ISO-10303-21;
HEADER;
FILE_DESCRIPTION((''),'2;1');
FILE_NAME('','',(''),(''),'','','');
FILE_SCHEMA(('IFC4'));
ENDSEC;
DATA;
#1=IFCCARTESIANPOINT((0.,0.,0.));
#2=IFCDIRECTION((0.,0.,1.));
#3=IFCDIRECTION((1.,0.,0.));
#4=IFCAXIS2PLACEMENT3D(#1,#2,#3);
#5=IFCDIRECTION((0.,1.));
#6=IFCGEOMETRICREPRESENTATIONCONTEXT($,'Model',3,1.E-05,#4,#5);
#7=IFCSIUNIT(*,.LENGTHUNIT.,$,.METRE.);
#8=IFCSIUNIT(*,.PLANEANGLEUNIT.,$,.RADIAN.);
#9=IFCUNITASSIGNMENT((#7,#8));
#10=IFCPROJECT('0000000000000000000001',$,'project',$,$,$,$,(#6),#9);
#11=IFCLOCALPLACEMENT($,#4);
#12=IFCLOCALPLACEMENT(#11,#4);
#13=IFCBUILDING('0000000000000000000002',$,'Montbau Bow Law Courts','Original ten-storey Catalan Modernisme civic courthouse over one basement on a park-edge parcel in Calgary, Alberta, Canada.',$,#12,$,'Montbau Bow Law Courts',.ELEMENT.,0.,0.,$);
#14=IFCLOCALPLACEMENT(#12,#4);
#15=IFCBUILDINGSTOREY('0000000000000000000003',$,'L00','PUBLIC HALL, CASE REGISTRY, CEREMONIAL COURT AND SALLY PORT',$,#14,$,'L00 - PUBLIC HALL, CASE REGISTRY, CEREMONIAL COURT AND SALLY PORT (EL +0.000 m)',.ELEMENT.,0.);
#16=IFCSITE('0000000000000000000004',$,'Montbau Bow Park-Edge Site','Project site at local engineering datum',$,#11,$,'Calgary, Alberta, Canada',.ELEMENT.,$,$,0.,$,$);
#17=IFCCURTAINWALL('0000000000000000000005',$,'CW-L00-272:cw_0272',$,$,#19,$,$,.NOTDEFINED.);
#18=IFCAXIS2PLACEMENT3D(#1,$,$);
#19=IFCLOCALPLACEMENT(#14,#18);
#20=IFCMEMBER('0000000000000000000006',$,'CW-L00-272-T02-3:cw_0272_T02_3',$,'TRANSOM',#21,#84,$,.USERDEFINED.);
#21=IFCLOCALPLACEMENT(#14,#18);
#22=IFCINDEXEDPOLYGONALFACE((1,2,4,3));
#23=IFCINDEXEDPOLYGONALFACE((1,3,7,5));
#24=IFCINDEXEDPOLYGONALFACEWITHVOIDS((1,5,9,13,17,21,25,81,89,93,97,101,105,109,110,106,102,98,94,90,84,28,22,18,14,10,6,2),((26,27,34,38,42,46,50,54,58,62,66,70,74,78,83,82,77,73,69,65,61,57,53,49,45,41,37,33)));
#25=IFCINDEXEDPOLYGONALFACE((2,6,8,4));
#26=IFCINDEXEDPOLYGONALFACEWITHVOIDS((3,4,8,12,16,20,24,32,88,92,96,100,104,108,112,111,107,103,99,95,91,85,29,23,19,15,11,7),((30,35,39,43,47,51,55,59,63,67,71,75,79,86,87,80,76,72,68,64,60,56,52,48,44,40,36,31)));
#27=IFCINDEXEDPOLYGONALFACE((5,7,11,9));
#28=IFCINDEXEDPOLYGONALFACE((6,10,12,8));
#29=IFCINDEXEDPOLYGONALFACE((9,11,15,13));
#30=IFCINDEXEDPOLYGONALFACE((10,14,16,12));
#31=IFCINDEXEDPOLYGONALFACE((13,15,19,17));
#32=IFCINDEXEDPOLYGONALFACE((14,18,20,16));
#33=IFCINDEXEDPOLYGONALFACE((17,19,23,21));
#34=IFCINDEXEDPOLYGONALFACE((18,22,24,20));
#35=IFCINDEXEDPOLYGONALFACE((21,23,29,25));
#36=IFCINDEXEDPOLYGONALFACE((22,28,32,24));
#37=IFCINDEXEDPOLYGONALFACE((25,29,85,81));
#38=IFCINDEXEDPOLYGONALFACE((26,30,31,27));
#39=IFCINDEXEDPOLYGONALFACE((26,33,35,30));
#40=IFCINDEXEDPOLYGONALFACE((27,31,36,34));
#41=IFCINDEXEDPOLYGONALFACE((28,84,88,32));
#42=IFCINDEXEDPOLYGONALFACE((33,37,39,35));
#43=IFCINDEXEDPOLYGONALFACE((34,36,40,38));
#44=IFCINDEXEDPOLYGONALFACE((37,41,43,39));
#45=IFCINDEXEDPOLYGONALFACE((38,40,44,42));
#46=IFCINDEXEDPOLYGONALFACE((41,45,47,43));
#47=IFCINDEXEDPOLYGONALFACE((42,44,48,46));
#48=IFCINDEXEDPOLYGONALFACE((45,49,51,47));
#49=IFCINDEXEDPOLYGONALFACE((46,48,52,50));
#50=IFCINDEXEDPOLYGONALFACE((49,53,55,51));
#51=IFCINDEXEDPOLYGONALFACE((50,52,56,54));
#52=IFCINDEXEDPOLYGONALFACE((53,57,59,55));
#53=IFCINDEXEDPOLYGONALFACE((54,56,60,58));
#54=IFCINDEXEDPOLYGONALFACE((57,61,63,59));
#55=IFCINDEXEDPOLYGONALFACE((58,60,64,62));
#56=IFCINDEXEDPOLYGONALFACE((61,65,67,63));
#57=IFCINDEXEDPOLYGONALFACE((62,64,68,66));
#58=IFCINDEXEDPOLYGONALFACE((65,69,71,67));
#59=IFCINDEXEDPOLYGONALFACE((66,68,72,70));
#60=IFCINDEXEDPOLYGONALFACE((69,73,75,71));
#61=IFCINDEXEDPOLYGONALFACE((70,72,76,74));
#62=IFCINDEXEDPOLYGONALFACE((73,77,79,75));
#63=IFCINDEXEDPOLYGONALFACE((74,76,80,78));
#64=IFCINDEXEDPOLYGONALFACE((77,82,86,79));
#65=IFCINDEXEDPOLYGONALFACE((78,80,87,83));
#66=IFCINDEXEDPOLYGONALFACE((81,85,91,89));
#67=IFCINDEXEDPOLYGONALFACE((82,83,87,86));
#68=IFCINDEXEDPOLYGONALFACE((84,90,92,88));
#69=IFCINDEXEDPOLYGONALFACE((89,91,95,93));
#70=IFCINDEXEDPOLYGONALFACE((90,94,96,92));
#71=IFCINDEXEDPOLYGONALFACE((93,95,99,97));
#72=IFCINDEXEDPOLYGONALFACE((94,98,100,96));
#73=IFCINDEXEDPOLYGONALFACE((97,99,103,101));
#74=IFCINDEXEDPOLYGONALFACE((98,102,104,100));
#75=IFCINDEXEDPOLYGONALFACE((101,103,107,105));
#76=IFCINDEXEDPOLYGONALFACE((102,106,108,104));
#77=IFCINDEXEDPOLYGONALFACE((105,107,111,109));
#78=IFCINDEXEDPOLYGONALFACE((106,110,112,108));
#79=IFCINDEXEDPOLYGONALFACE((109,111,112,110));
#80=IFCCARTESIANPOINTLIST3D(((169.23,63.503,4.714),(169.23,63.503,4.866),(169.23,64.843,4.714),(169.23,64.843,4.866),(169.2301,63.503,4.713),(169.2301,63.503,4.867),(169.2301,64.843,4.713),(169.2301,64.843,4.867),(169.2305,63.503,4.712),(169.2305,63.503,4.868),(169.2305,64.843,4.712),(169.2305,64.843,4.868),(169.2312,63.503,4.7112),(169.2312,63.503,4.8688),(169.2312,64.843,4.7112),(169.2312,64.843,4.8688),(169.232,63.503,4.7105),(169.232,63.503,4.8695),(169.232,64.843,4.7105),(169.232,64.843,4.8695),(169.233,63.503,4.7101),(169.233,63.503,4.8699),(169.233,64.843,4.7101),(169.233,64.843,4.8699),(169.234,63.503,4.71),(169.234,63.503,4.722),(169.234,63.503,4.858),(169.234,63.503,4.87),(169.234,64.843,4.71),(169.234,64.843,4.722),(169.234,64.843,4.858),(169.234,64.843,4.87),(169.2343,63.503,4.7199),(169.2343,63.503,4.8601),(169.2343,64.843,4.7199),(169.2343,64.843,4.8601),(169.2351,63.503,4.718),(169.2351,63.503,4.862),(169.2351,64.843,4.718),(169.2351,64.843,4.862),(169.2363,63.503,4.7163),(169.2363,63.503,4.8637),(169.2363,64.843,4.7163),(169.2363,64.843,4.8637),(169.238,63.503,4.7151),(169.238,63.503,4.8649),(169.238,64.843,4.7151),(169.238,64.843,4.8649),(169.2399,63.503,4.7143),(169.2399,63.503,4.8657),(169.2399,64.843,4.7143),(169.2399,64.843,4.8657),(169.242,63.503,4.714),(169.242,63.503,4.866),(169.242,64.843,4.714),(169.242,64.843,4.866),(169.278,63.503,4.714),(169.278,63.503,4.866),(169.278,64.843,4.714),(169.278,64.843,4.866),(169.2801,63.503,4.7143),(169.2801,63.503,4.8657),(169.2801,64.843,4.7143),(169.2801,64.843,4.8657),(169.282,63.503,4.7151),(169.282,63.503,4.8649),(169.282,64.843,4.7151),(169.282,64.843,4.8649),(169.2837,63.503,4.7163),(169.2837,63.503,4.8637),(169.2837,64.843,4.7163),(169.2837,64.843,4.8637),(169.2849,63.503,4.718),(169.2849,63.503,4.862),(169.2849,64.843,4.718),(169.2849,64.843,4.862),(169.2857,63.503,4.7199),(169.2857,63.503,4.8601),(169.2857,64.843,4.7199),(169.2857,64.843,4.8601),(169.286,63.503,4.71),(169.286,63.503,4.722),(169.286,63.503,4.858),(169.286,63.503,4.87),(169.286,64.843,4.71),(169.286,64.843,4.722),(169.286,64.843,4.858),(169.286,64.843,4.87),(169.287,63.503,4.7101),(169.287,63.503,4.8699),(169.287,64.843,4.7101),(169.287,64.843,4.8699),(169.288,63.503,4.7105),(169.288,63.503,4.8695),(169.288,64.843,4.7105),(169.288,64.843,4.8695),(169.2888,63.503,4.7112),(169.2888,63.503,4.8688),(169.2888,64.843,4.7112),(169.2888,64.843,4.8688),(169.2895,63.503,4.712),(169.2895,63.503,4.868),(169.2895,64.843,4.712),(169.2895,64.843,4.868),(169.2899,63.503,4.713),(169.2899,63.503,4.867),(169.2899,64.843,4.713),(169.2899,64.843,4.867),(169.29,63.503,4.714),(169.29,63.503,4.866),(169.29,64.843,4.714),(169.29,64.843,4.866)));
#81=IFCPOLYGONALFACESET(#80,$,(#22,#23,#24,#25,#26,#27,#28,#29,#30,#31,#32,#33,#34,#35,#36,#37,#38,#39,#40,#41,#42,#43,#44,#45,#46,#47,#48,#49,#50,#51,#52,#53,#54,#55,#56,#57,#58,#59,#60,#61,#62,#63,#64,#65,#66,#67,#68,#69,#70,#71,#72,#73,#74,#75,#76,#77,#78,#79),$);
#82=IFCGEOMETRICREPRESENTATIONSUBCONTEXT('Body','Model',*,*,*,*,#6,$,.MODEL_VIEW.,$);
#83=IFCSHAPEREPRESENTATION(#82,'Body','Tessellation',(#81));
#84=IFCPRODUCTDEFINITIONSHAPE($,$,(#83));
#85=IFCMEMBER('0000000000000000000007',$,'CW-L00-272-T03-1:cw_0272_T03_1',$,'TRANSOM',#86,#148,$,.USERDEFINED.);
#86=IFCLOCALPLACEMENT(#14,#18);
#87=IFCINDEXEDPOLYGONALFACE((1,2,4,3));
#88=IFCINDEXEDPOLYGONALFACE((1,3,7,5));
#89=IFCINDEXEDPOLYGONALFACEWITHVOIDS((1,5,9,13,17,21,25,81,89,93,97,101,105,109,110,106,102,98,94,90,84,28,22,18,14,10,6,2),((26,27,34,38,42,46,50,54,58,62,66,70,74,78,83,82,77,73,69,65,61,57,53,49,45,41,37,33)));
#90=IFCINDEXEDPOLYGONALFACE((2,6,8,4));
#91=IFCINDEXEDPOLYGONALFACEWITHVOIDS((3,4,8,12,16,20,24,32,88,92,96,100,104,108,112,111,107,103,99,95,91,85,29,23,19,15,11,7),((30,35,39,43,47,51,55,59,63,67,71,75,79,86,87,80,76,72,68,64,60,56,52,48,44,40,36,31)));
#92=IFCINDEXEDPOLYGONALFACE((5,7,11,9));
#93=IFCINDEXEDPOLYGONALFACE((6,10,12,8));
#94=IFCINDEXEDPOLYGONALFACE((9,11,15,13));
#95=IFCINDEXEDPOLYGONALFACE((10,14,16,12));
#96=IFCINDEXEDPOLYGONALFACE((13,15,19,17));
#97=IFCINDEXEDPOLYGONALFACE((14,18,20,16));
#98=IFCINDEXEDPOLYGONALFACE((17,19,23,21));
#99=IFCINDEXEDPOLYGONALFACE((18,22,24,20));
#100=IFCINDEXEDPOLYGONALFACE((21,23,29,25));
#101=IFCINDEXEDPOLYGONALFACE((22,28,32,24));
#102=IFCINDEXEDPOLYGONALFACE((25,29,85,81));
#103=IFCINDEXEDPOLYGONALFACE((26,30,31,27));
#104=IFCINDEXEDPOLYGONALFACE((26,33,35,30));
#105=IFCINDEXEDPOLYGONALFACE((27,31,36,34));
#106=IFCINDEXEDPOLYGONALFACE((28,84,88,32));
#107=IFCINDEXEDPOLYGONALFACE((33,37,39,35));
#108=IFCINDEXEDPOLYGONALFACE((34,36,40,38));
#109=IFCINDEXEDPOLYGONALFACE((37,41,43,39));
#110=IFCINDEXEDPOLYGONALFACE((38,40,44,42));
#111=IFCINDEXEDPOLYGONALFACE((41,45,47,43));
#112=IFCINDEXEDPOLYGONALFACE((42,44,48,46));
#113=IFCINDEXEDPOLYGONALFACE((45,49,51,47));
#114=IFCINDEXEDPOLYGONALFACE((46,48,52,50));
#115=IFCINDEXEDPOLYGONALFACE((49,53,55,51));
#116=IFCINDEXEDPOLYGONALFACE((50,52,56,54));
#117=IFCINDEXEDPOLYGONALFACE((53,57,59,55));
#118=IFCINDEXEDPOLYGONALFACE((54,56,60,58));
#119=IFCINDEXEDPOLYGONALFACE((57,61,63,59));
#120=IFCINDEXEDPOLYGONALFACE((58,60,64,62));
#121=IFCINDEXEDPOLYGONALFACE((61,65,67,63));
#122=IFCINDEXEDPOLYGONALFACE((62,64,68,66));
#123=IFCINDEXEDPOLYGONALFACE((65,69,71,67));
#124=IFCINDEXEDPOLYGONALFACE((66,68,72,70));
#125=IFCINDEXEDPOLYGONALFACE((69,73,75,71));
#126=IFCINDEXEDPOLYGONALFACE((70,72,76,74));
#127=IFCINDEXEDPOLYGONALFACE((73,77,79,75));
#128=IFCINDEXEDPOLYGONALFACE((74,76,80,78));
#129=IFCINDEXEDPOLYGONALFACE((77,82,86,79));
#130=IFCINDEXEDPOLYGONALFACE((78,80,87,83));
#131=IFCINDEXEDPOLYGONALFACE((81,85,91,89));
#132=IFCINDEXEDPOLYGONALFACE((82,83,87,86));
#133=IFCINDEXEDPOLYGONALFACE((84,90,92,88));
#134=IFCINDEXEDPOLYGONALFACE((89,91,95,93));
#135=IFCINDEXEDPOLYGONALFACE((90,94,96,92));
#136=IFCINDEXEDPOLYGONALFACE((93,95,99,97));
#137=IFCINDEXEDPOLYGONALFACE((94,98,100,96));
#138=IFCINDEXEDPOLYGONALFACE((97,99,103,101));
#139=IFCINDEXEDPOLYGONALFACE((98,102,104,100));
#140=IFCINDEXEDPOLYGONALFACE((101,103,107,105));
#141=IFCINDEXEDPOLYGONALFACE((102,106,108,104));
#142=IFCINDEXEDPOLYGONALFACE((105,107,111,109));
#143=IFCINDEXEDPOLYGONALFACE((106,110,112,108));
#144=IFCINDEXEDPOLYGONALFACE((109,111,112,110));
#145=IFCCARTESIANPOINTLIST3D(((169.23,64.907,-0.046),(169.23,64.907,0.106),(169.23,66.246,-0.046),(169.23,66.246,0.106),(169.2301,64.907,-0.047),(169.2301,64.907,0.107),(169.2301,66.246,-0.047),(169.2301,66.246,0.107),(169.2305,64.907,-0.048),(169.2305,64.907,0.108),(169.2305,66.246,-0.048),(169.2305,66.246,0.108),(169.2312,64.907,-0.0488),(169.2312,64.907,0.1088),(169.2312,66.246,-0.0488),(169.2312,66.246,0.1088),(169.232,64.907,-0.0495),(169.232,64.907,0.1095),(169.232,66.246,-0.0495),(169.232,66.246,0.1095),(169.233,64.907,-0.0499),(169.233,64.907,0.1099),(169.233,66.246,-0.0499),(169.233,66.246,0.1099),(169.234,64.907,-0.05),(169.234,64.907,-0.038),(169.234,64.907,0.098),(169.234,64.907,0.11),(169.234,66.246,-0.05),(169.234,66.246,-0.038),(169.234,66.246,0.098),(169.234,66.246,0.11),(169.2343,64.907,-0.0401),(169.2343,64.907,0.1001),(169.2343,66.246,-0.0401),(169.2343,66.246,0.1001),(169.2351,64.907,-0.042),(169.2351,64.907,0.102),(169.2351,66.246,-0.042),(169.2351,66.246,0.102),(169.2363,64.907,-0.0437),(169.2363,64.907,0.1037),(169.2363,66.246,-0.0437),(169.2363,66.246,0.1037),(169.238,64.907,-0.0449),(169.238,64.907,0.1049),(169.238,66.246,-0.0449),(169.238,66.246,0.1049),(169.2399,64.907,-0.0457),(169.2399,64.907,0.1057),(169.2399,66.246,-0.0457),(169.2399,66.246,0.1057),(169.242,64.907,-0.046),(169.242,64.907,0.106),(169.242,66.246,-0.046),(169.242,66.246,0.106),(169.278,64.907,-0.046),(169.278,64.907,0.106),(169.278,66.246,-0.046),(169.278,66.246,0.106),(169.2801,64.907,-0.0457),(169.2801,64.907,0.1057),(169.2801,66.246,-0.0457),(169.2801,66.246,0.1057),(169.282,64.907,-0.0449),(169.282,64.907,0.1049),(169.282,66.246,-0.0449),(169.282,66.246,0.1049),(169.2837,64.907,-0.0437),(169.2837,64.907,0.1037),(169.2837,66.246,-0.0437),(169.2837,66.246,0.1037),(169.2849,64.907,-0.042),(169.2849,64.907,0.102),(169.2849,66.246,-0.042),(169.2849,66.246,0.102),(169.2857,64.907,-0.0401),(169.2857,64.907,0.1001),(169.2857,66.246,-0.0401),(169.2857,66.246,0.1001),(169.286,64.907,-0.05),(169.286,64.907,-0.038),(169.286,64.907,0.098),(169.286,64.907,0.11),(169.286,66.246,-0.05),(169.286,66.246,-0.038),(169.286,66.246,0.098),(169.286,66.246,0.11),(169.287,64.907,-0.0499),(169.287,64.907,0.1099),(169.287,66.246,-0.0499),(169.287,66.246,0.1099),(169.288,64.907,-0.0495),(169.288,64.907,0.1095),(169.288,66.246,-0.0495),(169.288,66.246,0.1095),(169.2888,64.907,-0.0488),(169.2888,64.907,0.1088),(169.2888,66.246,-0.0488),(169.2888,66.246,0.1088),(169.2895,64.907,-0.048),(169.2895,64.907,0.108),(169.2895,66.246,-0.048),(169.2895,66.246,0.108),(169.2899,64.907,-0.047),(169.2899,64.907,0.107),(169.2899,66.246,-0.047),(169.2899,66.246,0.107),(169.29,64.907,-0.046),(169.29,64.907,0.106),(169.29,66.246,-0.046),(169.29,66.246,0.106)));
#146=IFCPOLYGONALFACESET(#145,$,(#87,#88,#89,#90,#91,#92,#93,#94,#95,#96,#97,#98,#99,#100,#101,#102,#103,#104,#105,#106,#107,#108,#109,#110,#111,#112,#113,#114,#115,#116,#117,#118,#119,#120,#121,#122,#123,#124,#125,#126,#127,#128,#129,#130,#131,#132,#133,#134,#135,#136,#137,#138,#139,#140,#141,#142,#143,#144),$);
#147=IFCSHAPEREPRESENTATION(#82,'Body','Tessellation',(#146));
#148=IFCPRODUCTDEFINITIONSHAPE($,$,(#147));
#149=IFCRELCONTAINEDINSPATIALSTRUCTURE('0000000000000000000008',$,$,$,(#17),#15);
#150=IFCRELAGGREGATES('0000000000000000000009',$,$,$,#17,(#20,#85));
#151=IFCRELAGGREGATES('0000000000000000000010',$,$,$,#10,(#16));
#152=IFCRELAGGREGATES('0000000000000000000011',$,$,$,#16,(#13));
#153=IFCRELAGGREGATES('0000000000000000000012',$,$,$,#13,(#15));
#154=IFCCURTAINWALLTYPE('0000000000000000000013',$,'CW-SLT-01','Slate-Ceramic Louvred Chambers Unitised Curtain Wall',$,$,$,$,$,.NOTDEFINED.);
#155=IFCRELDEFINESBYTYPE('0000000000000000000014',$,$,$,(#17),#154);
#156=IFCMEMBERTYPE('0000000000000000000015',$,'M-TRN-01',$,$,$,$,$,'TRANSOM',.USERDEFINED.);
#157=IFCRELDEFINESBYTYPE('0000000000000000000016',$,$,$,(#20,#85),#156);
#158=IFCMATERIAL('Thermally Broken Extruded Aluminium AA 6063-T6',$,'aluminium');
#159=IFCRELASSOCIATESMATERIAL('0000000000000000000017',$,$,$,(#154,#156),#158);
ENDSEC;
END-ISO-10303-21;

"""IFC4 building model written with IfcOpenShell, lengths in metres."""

from ifc_helpers import new_model, si_unit, direction, frame, origin_with_axes, origin_2d_with_axis, place, context, subcontext, project, spatial, hollow_rectangle, extrude, material, material_profile, profile_set, type_object, element, aggregate, save


model = new_model("IFC4")

# Units and contexts
model_context = context("Model", 3, precision=1e-05, world=origin_with_axes(), true_north=direction((0.0, 1.0)))
body_context = subcontext(model_context, "Body", "Model", "MODEL_VIEW")
ifc_project = project(units=[si_unit("LENGTHUNIT", "METRE"), si_unit("PLANEANGLEUNIT", "RADIAN")], contexts=[model_context])

# Site, building, storey
site_placement = place(None, origin_with_axes())
site = spatial("IfcSite", under=ifc_project, at=site_placement, Name="Montbau Bow Park-Edge Site", Description="Project site at local engineering datum", LongName="Calgary, Alberta, Canada", CompositionType="ELEMENT", RefElevation=0.0)
building_placement = place(site_placement, origin_with_axes())
building = spatial("IfcBuilding", under=site, at=building_placement, Name="Montbau Bow Law Courts", Description="Original ten-storey Catalan Modernisme civic courthouse over one basement on a park-edge parcel in Calgary, Alberta, Canada.", LongName="Montbau Bow Law Courts", CompositionType="ELEMENT", ElevationOfRefHeight=0.0, ElevationOfTerrain=0.0)
storey_placement = place(building_placement, origin_with_axes())
storey = spatial("IfcBuildingStorey", under=building, at=storey_placement, Name="L00", Description="PUBLIC HALL, CASE REGISTRY, CEREMONIAL COURT AND SALLY PORT", LongName="L00 - PUBLIC HALL, CASE REGISTRY, CEREMONIAL COURT AND SALLY PORT (EL +0.000 m)", CompositionType="ELEMENT", Elevation=0.0)

# Curtain wall, members
ifc_material_1 = material(Name="Thermally Broken Extruded Aluminium AA 6063-T6", Category="aluminium")
curtain_wall_type = type_object("IfcCurtainWallType", Name="CW-SLT-01", Description="Slate-Ceramic Louvred Chambers Unitised Curtain Wall", PredefinedType="NOTDEFINED", material=ifc_material_1)
curtain_wall_1_placement = place(None, frame((169.26, 62.068, 0.0), z_axis=(0.0, 0.0, 1.0), x_axis=(1.0, 0.0, 0.0)))
curtain_wall_1 = element("IfcCurtainWall", 1, at=curtain_wall_1_placement, inside=storey, type_object=curtain_wall_type, Name="CW-L00-272:cw_0272", PredefinedType="NOTDEFINED")
ifc_material_profile_1 = material_profile(ifc_material_1, hollow_rectangle(XDim=0.06, YDim=0.16, WallThickness=0.004, InnerFilletRadius=0.008, OuterFilletRadius=0.004, at=origin_2d_with_axis()), Name="CWT-160X60", Category="Main", Priority=0)
ifc_profile_set_1 = profile_set([ifc_material_profile_1], Name="Thermally Broken Extruded Aluminium AA 6063-T6")
member_type_1 = type_object("IfcMemberType", Name="M-TRN-01", ElementType="TRANSOM", PredefinedType="USERDEFINED", material=ifc_profile_set_1)
member_1_placement = place(None, frame((169.26, 63.503, 4.79), z_axis=(0.0, 1.0, 0.0), x_axis=(-1.0, 0.0, 0.0)))
member_1 = element("IfcMember", 2, at=member_1_placement, type_object=member_type_1, Name="CW-L00-272-T02-3:cw_0272_T02_3", ObjectType="TRANSOM", PredefinedType="USERDEFINED", context=body_context, shape_type="SweptSolid", body=[
    extrude(hollow_rectangle(XDim=0.06, YDim=0.16, WallThickness=0.004, InnerFilletRadius=0.008, OuterFilletRadius=0.004, at=origin_2d_with_axis()), origin_with_axes(), (0.0, 0.0, 1.0), 1.34),
])
member_2_placement = place(None, frame((169.26, 64.907, 0.03), z_axis=(0.0, 1.0, 0.0), x_axis=(-1.0, 0.0, 0.0)))
member_2 = element("IfcMember", 3, at=member_2_placement, type_object=member_type_1, Name="CW-L00-272-T03-1:cw_0272_T03_1", ObjectType="TRANSOM", PredefinedType="USERDEFINED", context=body_context, shape_type="SweptSolid", body=[
    extrude(hollow_rectangle(XDim=0.06, YDim=0.16, WallThickness=0.004, InnerFilletRadius=0.008, OuterFilletRadius=0.004, at=origin_2d_with_axis()), origin_with_axes(), (0.0, 0.0, 1.0), 1.339),
])

aggregate(curtain_wall_1, [member_1, member_2])

save(model, "model.ifc")
